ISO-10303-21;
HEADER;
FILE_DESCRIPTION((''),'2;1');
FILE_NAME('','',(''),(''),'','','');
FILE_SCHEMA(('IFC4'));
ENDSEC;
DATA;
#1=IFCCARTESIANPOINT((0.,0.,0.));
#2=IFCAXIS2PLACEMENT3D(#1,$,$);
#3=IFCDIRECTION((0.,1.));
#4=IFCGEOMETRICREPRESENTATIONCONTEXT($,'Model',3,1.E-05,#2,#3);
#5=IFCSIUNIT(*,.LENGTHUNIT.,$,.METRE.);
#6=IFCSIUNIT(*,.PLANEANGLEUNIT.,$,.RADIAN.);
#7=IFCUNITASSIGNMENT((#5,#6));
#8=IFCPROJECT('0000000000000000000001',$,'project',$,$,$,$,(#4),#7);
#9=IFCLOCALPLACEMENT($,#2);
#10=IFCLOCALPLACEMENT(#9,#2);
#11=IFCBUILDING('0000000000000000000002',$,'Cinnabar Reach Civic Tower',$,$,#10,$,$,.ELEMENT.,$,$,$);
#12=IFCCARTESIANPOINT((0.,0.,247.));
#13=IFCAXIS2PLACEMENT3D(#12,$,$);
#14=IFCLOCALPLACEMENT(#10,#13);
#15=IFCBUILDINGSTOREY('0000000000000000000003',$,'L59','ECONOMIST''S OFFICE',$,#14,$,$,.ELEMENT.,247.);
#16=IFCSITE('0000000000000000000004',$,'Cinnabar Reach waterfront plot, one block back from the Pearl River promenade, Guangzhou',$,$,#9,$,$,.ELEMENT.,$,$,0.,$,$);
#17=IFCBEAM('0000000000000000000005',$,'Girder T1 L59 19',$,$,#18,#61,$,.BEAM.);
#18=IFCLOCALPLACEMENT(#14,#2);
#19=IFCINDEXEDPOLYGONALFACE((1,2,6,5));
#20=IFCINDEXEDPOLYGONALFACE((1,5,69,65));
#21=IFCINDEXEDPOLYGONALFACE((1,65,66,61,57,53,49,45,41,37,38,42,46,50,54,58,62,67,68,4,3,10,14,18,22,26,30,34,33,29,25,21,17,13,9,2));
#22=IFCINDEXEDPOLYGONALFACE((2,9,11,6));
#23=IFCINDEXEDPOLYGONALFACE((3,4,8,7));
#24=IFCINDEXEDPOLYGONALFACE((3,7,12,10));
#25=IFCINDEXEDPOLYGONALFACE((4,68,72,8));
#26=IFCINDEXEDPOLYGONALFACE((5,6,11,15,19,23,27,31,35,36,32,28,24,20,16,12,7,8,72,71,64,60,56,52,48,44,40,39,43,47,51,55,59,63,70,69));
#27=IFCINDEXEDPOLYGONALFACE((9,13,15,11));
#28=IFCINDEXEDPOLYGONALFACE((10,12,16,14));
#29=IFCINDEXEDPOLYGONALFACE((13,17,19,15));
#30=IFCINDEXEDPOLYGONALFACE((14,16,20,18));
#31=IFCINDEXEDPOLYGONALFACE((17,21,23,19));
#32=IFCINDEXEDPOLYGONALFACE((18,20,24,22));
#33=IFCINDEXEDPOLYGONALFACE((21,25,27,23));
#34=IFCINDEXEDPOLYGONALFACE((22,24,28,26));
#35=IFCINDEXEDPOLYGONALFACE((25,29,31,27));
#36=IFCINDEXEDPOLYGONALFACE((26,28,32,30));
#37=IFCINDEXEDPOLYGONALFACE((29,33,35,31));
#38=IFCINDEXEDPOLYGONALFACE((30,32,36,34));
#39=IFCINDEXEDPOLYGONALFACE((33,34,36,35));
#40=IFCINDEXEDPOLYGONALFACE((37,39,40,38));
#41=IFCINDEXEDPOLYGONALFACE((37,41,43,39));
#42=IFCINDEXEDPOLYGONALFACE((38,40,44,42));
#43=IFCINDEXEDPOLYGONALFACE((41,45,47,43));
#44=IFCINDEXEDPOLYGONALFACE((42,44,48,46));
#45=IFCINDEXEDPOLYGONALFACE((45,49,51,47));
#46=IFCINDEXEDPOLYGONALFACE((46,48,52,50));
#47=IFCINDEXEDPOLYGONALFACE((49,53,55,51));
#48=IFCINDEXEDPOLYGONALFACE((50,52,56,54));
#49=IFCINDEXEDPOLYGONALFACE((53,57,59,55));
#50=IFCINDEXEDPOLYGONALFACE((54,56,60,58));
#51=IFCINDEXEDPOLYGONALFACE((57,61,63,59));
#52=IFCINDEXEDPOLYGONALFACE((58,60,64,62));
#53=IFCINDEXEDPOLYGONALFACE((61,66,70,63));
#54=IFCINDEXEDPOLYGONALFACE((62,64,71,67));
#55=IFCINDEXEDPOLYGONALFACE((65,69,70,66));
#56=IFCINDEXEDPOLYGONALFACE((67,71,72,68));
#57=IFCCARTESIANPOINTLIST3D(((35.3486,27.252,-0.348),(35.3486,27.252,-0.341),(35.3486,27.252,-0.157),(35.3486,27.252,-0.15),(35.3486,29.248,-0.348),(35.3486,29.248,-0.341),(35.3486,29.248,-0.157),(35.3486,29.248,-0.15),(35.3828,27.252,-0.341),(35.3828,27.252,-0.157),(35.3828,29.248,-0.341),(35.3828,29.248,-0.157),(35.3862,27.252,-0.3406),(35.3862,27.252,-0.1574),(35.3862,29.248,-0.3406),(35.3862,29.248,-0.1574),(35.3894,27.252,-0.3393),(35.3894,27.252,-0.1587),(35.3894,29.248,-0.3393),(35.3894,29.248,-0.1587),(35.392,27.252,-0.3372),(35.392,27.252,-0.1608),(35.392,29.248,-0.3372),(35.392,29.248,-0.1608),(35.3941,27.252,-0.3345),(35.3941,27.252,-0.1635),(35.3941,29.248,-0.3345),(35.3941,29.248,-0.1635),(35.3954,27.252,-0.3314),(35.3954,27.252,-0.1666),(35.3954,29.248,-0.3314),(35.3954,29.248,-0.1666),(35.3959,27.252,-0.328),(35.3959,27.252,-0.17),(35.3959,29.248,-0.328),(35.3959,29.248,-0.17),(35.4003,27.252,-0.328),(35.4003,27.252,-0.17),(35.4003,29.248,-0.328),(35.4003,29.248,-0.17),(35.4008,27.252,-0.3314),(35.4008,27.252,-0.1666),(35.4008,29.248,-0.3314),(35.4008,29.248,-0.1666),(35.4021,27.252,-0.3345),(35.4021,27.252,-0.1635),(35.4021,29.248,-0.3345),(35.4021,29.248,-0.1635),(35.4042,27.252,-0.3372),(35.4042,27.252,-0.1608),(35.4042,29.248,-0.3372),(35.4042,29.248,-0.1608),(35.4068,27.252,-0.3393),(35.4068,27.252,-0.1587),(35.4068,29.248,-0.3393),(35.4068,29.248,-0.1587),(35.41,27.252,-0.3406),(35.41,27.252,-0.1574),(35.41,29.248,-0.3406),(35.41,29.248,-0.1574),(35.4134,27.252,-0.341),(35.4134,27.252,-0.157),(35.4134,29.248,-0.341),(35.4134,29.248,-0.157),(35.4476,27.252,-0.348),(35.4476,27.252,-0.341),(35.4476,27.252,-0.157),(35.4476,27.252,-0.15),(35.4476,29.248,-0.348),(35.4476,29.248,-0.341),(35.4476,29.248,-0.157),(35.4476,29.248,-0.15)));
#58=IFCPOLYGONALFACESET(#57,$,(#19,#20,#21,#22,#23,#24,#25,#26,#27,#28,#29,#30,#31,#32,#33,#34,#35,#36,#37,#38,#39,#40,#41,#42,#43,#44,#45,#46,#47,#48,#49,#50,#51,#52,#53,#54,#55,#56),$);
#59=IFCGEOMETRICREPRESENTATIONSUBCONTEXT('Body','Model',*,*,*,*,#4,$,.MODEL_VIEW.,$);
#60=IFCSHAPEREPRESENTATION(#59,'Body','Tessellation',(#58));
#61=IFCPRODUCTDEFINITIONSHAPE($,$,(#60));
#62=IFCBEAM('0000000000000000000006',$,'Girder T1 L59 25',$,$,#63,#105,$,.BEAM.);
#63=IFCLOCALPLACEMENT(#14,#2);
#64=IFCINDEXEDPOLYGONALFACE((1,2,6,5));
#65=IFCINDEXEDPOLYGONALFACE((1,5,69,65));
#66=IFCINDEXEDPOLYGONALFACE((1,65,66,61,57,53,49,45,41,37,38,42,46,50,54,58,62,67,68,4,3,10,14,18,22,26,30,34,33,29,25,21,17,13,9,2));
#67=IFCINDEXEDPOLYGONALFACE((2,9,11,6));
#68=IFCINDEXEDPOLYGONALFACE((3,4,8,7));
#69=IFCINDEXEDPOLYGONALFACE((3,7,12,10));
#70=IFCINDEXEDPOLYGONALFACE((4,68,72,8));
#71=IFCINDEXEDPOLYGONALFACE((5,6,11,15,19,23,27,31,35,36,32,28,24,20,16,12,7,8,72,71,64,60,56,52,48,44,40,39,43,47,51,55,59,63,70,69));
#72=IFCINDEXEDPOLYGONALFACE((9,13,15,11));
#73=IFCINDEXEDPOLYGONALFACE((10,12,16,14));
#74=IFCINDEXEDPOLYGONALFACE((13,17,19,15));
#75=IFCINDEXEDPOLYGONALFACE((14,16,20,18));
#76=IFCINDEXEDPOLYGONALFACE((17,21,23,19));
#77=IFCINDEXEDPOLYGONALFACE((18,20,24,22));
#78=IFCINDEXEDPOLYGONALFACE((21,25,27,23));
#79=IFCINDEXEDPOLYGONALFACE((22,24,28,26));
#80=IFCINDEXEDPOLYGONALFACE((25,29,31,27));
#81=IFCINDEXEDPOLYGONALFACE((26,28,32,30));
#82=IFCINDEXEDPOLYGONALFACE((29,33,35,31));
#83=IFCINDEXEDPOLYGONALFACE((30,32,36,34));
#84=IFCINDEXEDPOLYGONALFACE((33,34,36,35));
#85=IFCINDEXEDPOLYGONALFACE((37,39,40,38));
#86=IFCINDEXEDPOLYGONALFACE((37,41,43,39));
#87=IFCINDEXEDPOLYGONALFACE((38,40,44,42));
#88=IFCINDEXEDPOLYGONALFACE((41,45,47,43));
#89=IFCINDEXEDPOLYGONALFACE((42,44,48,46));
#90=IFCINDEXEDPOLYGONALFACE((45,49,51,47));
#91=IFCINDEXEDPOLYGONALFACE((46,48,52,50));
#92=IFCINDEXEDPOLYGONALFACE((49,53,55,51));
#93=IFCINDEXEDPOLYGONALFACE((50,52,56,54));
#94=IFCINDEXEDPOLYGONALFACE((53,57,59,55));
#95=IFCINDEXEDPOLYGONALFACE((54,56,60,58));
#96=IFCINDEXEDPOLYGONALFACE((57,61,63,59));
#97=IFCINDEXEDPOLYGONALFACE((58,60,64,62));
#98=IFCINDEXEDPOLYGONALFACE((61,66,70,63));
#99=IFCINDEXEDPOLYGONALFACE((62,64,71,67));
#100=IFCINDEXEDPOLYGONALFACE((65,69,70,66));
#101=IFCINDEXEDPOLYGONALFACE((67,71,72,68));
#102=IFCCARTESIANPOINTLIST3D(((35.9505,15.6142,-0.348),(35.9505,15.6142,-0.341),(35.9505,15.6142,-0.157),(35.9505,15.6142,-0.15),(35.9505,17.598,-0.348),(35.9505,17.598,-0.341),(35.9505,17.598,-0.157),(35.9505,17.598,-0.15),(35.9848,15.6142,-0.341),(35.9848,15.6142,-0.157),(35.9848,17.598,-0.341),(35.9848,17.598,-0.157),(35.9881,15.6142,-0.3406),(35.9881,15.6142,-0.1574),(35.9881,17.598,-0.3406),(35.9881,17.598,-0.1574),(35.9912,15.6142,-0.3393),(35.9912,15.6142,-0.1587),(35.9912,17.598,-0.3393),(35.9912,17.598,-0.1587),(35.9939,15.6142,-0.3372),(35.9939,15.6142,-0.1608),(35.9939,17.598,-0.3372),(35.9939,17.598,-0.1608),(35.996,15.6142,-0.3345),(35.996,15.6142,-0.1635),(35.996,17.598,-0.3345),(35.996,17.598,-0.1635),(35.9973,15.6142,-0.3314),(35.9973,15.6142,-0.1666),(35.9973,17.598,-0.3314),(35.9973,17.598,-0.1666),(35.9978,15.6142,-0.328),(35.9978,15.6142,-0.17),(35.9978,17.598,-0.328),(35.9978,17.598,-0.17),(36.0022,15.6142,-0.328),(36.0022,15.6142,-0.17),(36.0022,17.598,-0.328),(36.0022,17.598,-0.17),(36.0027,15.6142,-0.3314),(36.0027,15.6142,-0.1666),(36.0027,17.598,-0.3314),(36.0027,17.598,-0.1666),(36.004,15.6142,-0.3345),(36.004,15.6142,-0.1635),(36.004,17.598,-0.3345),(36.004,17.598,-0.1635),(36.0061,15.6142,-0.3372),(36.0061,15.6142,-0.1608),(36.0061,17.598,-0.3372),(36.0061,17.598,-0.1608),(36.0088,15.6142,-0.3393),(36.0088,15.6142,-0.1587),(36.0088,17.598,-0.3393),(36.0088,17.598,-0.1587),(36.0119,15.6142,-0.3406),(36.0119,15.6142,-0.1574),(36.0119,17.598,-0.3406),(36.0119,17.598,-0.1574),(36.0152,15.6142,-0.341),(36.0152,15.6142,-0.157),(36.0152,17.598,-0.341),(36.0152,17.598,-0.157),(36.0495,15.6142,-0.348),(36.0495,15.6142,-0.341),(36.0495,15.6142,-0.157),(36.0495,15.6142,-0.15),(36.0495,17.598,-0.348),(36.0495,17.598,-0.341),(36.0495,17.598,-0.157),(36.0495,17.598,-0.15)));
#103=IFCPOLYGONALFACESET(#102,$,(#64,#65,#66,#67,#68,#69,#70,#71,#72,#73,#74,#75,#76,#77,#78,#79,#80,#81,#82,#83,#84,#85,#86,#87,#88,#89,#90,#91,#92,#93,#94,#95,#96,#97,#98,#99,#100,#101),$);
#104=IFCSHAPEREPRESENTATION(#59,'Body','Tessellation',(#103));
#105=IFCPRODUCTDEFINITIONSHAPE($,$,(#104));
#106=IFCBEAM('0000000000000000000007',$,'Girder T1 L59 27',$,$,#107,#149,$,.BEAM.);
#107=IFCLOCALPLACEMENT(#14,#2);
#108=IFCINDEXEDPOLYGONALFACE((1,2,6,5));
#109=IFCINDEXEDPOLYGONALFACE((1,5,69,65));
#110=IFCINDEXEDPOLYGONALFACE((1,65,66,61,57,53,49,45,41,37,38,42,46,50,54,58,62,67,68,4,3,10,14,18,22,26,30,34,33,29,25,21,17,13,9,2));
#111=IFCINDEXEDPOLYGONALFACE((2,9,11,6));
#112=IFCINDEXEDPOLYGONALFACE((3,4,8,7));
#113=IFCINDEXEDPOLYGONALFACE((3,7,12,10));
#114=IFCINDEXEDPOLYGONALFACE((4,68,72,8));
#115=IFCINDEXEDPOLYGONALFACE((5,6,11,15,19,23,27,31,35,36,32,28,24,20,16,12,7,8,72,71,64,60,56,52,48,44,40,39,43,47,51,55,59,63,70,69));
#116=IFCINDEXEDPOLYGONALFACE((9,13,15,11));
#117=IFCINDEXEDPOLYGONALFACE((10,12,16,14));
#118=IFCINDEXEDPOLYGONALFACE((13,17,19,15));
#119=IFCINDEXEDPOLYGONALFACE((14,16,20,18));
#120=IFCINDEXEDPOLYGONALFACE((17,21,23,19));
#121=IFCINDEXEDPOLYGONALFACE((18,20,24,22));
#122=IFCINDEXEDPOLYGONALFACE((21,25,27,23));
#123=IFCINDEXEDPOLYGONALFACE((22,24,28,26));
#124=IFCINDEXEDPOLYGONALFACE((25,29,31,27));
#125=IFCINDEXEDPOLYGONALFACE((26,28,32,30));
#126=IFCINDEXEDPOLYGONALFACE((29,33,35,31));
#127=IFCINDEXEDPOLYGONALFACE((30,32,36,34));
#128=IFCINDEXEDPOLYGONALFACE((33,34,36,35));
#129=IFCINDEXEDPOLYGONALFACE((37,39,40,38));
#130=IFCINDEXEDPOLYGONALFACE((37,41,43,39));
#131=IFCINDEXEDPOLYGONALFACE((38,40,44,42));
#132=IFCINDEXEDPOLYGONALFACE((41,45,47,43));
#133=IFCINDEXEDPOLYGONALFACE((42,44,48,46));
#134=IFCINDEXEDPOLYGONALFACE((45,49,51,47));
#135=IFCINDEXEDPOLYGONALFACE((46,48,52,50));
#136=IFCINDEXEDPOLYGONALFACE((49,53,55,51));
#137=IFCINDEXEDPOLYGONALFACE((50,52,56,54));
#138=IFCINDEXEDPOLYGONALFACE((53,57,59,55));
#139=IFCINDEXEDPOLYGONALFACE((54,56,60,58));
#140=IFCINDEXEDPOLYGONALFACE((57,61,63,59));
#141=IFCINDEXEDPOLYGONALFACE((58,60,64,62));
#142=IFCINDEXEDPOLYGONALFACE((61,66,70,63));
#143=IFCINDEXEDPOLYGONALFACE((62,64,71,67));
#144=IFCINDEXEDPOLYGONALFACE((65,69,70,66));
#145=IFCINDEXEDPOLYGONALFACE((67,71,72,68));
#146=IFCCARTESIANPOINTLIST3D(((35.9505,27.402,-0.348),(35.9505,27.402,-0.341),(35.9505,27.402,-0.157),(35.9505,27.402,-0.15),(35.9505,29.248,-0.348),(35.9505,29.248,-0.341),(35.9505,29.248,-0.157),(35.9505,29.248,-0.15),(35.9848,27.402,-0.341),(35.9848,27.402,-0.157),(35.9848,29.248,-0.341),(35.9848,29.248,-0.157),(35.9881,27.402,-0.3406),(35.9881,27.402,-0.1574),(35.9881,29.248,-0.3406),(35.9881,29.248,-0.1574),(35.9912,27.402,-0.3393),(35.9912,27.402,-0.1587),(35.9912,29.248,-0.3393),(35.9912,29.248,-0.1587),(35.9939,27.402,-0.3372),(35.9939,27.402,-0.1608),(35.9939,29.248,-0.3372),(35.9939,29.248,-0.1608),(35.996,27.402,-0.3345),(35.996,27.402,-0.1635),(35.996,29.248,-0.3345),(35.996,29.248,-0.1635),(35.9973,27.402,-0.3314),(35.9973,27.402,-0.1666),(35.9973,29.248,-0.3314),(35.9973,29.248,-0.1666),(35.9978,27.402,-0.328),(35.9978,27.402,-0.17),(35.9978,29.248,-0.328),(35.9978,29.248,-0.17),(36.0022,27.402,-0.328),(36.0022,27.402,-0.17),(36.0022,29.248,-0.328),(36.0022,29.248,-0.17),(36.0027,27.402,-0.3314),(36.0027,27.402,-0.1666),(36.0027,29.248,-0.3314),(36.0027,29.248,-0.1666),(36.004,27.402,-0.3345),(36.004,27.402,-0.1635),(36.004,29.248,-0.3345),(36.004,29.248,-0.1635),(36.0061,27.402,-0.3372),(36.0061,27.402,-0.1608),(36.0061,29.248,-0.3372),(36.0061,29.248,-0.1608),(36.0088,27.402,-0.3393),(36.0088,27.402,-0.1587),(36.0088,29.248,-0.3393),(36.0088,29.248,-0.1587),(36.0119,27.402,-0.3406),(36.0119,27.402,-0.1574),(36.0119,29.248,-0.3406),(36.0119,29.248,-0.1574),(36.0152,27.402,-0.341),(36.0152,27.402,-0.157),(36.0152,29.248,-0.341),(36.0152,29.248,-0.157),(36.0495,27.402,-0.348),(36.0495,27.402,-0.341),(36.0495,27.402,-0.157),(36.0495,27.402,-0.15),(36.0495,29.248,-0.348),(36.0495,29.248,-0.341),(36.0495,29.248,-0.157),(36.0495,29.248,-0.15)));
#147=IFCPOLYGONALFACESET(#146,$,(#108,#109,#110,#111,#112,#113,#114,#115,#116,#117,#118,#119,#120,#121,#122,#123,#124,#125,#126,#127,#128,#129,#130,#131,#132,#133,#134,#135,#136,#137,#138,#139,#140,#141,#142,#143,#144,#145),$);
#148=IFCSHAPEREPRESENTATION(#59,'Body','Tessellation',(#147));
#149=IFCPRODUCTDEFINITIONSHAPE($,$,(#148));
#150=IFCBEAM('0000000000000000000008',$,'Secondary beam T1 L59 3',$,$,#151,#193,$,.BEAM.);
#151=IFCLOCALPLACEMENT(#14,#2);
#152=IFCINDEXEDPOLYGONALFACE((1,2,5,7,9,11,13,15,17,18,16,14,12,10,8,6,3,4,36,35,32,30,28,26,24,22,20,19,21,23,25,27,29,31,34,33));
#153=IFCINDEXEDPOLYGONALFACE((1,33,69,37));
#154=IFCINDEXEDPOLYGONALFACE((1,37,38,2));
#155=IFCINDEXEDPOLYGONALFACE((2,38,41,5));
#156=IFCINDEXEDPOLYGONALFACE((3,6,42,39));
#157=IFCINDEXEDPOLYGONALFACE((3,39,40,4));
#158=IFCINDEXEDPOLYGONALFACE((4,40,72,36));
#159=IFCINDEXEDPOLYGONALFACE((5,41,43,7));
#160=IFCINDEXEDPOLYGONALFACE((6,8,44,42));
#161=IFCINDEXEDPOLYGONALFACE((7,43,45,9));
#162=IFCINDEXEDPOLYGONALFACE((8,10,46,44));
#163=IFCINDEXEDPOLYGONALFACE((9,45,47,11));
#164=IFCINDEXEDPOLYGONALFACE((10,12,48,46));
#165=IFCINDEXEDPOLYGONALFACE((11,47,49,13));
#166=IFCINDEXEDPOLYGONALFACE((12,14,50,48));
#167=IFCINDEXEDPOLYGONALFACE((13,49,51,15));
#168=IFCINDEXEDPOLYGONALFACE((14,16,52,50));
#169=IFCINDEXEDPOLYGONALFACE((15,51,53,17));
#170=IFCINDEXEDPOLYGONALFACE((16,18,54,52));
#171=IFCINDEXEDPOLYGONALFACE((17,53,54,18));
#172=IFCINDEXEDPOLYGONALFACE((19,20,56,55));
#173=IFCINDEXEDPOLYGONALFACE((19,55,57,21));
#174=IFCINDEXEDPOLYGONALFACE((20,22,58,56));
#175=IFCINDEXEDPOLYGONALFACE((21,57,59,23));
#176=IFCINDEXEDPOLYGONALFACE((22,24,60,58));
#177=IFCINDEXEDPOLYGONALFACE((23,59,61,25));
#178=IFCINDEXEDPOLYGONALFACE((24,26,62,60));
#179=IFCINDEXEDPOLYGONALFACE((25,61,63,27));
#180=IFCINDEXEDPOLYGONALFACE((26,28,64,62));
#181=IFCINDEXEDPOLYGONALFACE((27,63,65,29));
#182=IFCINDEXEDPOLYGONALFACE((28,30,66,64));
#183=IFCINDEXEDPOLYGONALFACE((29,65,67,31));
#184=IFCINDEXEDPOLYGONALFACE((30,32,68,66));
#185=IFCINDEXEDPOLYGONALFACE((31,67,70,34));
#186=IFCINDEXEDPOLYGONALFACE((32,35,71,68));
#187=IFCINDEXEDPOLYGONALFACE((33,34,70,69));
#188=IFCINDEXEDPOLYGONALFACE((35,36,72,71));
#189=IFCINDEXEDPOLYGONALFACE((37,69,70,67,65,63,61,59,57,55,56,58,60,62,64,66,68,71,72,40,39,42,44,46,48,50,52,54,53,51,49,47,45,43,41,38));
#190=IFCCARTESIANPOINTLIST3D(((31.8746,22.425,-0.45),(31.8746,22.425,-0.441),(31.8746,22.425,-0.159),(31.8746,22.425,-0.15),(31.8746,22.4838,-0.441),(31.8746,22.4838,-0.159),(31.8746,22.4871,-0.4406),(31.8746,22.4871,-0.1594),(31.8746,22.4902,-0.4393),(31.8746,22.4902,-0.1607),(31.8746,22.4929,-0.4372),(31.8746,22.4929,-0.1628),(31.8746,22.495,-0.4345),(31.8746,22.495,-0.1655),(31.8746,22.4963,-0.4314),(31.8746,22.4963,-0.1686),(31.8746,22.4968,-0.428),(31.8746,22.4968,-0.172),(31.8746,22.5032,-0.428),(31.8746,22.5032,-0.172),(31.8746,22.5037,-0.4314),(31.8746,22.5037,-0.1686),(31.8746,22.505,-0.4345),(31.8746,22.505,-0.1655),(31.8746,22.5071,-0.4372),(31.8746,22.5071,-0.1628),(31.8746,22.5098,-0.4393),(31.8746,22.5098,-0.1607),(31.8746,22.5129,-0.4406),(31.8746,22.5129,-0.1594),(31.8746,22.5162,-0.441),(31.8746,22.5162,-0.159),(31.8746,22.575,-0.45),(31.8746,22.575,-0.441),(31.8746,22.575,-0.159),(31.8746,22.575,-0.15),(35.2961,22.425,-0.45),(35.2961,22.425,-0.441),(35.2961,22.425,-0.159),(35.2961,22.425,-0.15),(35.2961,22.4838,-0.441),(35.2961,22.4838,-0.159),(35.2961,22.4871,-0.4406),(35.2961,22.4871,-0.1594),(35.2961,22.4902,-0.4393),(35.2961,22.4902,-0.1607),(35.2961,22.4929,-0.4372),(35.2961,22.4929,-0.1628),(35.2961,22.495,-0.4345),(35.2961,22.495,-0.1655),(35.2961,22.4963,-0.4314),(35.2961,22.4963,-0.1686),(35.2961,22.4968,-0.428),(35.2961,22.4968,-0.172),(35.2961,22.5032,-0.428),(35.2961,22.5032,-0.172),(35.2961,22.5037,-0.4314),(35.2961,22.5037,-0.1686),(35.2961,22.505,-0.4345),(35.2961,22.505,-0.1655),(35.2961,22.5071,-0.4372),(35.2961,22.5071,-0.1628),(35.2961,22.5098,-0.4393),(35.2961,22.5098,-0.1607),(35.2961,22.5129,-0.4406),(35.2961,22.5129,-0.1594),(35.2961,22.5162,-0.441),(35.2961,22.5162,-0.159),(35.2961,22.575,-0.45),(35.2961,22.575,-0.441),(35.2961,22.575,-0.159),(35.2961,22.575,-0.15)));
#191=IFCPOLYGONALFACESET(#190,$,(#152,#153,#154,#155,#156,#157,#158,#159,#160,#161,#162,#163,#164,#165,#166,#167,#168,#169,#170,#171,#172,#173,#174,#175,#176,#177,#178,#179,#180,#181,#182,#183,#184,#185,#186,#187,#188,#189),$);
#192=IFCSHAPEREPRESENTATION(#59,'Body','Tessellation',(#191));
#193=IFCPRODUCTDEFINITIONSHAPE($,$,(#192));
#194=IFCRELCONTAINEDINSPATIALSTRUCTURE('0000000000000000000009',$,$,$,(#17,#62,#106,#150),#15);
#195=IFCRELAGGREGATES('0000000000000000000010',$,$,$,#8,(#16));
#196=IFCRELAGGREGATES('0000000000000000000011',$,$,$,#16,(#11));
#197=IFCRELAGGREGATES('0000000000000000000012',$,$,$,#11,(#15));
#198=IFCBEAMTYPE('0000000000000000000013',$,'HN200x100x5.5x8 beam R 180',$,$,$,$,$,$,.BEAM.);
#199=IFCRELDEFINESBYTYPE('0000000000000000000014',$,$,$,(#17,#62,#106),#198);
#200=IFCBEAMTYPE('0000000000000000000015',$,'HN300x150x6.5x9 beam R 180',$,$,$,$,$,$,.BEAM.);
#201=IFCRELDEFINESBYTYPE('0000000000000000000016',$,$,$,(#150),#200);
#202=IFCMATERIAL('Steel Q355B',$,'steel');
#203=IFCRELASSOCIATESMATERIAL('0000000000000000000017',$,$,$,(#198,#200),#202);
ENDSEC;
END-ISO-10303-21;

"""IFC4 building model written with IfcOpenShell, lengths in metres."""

from ifc_helpers import new_model, si_unit, direction, frame, origin, origin_2d, place, context, subcontext, project, spatial, i_section, extrude, material, material_profile, profile_set, type_object, element, save


model = new_model("IFC4")

# Units and contexts
model_context = context("Model", 3, precision=1e-05, world=origin(), true_north=direction((0.0, 1.0)))
body_context = subcontext(model_context, "Body", "Model", "MODEL_VIEW")
ifc_project = project(units=[si_unit("LENGTHUNIT", "METRE"), si_unit("PLANEANGLEUNIT", "RADIAN")], contexts=[model_context])

# Site, building, storey
site_placement = place(None, origin())
site = spatial("IfcSite", under=ifc_project, at=site_placement, Name="Cinnabar Reach waterfront plot, one block back from the Pearl River promenade, Guangzhou", CompositionType="ELEMENT", RefElevation=0.0)
building_placement = place(site_placement, origin())
building = spatial("IfcBuilding", under=site, at=building_placement, Name="Cinnabar Reach Civic Tower", CompositionType="ELEMENT")
storey_placement = place(building_placement, frame((0.0, 0.0, 247.0)))
storey = spatial("IfcBuildingStorey", under=building, at=storey_placement, Name="L59", Description="ECONOMIST'S OFFICE", CompositionType="ELEMENT", Elevation=247.0)

# Beams
ifc_material_1 = material(Name="Steel Q355B", Category="steel")
ifc_material_profile_1 = material_profile(ifc_material_1, i_section(OverallWidth=0.099, OverallDepth=0.198, WebThickness=0.0045, FlangeThickness=0.007, FilletRadius=0.013, at=origin_2d()), Name="HN200x100x5.5x8")
ifc_profile_set_1 = profile_set([ifc_material_profile_1], Name="Steel Q355B")
beam_type_1 = type_object("IfcBeamType", Name="HN200x100x5.5x8 beam R 180", PredefinedType="BEAM", material=ifc_profile_set_1)
beam_1_placement = place(storey_placement, frame((35.3981, 27.252, -0.249), z_axis=(0.0, 1.0, 0.0), x_axis=(-1.0, 0.0, 0.0)))
element("IfcBeam", 1, at=beam_1_placement, inside=storey, type_object=beam_type_1, Name="Girder T1 L59 19", PredefinedType="BEAM", context=body_context, shape_type="SweptSolid", body=[
    extrude(i_section(OverallWidth=0.099, OverallDepth=0.198, WebThickness=0.0045, FlangeThickness=0.007, FilletRadius=0.013, at=origin_2d()), origin(), (0.0, 0.0, 1.0), 1.996),
])
beam_2_placement = place(storey_placement, frame((36.0, 15.6142, -0.249), z_axis=(0.0, 1.0, 0.0), x_axis=(-1.0, 0.0, 0.0)))
element("IfcBeam", 2, at=beam_2_placement, inside=storey, type_object=beam_type_1, Name="Girder T1 L59 25", PredefinedType="BEAM", context=body_context, shape_type="SweptSolid", body=[
    extrude(i_section(OverallWidth=0.099, OverallDepth=0.198, WebThickness=0.0045, FlangeThickness=0.007, FilletRadius=0.013, at=origin_2d()), origin(), (0.0, 0.0, 1.0), 1.9838),
])
beam_3_placement = place(storey_placement, frame((36.0, 27.402, -0.249), z_axis=(0.0, 1.0, 0.0), x_axis=(-1.0, 0.0, 0.0)))
element("IfcBeam", 3, at=beam_3_placement, inside=storey, type_object=beam_type_1, Name="Girder T1 L59 27", PredefinedType="BEAM", context=body_context, shape_type="SweptSolid", body=[
    extrude(i_section(OverallWidth=0.099, OverallDepth=0.198, WebThickness=0.0045, FlangeThickness=0.007, FilletRadius=0.013, at=origin_2d()), origin(), (0.0, 0.0, 1.0), 1.846),
])
ifc_material_profile_2 = material_profile(ifc_material_1, i_section(OverallWidth=0.15, OverallDepth=0.3, WebThickness=0.0065, FlangeThickness=0.009, FilletRadius=0.013, at=origin_2d()), Name="HN300x150x6.5x9")
ifc_profile_set_2 = profile_set([ifc_material_profile_2], Name="Steel Q355B")
beam_type_2 = type_object("IfcBeamType", Name="HN300x150x6.5x9 beam R 180", PredefinedType="BEAM", material=ifc_profile_set_2)
beam_4_placement = place(storey_placement, frame((31.8746, 22.5, -0.3), z_axis=(1.0, 0.0, 0.0), x_axis=(0.0, 1.0, 0.0)))
element("IfcBeam", 4, at=beam_4_placement, inside=storey, type_object=beam_type_2, Name="Secondary beam T1 L59 3", PredefinedType="BEAM", context=body_context, shape_type="SweptSolid", body=[
    extrude(i_section(OverallWidth=0.15, OverallDepth=0.3, WebThickness=0.0065, FlangeThickness=0.009, FilletRadius=0.013, at=origin_2d()), origin(), (0.0, 0.0, 1.0), 3.4215),
])

save(model, "model.ifc")
